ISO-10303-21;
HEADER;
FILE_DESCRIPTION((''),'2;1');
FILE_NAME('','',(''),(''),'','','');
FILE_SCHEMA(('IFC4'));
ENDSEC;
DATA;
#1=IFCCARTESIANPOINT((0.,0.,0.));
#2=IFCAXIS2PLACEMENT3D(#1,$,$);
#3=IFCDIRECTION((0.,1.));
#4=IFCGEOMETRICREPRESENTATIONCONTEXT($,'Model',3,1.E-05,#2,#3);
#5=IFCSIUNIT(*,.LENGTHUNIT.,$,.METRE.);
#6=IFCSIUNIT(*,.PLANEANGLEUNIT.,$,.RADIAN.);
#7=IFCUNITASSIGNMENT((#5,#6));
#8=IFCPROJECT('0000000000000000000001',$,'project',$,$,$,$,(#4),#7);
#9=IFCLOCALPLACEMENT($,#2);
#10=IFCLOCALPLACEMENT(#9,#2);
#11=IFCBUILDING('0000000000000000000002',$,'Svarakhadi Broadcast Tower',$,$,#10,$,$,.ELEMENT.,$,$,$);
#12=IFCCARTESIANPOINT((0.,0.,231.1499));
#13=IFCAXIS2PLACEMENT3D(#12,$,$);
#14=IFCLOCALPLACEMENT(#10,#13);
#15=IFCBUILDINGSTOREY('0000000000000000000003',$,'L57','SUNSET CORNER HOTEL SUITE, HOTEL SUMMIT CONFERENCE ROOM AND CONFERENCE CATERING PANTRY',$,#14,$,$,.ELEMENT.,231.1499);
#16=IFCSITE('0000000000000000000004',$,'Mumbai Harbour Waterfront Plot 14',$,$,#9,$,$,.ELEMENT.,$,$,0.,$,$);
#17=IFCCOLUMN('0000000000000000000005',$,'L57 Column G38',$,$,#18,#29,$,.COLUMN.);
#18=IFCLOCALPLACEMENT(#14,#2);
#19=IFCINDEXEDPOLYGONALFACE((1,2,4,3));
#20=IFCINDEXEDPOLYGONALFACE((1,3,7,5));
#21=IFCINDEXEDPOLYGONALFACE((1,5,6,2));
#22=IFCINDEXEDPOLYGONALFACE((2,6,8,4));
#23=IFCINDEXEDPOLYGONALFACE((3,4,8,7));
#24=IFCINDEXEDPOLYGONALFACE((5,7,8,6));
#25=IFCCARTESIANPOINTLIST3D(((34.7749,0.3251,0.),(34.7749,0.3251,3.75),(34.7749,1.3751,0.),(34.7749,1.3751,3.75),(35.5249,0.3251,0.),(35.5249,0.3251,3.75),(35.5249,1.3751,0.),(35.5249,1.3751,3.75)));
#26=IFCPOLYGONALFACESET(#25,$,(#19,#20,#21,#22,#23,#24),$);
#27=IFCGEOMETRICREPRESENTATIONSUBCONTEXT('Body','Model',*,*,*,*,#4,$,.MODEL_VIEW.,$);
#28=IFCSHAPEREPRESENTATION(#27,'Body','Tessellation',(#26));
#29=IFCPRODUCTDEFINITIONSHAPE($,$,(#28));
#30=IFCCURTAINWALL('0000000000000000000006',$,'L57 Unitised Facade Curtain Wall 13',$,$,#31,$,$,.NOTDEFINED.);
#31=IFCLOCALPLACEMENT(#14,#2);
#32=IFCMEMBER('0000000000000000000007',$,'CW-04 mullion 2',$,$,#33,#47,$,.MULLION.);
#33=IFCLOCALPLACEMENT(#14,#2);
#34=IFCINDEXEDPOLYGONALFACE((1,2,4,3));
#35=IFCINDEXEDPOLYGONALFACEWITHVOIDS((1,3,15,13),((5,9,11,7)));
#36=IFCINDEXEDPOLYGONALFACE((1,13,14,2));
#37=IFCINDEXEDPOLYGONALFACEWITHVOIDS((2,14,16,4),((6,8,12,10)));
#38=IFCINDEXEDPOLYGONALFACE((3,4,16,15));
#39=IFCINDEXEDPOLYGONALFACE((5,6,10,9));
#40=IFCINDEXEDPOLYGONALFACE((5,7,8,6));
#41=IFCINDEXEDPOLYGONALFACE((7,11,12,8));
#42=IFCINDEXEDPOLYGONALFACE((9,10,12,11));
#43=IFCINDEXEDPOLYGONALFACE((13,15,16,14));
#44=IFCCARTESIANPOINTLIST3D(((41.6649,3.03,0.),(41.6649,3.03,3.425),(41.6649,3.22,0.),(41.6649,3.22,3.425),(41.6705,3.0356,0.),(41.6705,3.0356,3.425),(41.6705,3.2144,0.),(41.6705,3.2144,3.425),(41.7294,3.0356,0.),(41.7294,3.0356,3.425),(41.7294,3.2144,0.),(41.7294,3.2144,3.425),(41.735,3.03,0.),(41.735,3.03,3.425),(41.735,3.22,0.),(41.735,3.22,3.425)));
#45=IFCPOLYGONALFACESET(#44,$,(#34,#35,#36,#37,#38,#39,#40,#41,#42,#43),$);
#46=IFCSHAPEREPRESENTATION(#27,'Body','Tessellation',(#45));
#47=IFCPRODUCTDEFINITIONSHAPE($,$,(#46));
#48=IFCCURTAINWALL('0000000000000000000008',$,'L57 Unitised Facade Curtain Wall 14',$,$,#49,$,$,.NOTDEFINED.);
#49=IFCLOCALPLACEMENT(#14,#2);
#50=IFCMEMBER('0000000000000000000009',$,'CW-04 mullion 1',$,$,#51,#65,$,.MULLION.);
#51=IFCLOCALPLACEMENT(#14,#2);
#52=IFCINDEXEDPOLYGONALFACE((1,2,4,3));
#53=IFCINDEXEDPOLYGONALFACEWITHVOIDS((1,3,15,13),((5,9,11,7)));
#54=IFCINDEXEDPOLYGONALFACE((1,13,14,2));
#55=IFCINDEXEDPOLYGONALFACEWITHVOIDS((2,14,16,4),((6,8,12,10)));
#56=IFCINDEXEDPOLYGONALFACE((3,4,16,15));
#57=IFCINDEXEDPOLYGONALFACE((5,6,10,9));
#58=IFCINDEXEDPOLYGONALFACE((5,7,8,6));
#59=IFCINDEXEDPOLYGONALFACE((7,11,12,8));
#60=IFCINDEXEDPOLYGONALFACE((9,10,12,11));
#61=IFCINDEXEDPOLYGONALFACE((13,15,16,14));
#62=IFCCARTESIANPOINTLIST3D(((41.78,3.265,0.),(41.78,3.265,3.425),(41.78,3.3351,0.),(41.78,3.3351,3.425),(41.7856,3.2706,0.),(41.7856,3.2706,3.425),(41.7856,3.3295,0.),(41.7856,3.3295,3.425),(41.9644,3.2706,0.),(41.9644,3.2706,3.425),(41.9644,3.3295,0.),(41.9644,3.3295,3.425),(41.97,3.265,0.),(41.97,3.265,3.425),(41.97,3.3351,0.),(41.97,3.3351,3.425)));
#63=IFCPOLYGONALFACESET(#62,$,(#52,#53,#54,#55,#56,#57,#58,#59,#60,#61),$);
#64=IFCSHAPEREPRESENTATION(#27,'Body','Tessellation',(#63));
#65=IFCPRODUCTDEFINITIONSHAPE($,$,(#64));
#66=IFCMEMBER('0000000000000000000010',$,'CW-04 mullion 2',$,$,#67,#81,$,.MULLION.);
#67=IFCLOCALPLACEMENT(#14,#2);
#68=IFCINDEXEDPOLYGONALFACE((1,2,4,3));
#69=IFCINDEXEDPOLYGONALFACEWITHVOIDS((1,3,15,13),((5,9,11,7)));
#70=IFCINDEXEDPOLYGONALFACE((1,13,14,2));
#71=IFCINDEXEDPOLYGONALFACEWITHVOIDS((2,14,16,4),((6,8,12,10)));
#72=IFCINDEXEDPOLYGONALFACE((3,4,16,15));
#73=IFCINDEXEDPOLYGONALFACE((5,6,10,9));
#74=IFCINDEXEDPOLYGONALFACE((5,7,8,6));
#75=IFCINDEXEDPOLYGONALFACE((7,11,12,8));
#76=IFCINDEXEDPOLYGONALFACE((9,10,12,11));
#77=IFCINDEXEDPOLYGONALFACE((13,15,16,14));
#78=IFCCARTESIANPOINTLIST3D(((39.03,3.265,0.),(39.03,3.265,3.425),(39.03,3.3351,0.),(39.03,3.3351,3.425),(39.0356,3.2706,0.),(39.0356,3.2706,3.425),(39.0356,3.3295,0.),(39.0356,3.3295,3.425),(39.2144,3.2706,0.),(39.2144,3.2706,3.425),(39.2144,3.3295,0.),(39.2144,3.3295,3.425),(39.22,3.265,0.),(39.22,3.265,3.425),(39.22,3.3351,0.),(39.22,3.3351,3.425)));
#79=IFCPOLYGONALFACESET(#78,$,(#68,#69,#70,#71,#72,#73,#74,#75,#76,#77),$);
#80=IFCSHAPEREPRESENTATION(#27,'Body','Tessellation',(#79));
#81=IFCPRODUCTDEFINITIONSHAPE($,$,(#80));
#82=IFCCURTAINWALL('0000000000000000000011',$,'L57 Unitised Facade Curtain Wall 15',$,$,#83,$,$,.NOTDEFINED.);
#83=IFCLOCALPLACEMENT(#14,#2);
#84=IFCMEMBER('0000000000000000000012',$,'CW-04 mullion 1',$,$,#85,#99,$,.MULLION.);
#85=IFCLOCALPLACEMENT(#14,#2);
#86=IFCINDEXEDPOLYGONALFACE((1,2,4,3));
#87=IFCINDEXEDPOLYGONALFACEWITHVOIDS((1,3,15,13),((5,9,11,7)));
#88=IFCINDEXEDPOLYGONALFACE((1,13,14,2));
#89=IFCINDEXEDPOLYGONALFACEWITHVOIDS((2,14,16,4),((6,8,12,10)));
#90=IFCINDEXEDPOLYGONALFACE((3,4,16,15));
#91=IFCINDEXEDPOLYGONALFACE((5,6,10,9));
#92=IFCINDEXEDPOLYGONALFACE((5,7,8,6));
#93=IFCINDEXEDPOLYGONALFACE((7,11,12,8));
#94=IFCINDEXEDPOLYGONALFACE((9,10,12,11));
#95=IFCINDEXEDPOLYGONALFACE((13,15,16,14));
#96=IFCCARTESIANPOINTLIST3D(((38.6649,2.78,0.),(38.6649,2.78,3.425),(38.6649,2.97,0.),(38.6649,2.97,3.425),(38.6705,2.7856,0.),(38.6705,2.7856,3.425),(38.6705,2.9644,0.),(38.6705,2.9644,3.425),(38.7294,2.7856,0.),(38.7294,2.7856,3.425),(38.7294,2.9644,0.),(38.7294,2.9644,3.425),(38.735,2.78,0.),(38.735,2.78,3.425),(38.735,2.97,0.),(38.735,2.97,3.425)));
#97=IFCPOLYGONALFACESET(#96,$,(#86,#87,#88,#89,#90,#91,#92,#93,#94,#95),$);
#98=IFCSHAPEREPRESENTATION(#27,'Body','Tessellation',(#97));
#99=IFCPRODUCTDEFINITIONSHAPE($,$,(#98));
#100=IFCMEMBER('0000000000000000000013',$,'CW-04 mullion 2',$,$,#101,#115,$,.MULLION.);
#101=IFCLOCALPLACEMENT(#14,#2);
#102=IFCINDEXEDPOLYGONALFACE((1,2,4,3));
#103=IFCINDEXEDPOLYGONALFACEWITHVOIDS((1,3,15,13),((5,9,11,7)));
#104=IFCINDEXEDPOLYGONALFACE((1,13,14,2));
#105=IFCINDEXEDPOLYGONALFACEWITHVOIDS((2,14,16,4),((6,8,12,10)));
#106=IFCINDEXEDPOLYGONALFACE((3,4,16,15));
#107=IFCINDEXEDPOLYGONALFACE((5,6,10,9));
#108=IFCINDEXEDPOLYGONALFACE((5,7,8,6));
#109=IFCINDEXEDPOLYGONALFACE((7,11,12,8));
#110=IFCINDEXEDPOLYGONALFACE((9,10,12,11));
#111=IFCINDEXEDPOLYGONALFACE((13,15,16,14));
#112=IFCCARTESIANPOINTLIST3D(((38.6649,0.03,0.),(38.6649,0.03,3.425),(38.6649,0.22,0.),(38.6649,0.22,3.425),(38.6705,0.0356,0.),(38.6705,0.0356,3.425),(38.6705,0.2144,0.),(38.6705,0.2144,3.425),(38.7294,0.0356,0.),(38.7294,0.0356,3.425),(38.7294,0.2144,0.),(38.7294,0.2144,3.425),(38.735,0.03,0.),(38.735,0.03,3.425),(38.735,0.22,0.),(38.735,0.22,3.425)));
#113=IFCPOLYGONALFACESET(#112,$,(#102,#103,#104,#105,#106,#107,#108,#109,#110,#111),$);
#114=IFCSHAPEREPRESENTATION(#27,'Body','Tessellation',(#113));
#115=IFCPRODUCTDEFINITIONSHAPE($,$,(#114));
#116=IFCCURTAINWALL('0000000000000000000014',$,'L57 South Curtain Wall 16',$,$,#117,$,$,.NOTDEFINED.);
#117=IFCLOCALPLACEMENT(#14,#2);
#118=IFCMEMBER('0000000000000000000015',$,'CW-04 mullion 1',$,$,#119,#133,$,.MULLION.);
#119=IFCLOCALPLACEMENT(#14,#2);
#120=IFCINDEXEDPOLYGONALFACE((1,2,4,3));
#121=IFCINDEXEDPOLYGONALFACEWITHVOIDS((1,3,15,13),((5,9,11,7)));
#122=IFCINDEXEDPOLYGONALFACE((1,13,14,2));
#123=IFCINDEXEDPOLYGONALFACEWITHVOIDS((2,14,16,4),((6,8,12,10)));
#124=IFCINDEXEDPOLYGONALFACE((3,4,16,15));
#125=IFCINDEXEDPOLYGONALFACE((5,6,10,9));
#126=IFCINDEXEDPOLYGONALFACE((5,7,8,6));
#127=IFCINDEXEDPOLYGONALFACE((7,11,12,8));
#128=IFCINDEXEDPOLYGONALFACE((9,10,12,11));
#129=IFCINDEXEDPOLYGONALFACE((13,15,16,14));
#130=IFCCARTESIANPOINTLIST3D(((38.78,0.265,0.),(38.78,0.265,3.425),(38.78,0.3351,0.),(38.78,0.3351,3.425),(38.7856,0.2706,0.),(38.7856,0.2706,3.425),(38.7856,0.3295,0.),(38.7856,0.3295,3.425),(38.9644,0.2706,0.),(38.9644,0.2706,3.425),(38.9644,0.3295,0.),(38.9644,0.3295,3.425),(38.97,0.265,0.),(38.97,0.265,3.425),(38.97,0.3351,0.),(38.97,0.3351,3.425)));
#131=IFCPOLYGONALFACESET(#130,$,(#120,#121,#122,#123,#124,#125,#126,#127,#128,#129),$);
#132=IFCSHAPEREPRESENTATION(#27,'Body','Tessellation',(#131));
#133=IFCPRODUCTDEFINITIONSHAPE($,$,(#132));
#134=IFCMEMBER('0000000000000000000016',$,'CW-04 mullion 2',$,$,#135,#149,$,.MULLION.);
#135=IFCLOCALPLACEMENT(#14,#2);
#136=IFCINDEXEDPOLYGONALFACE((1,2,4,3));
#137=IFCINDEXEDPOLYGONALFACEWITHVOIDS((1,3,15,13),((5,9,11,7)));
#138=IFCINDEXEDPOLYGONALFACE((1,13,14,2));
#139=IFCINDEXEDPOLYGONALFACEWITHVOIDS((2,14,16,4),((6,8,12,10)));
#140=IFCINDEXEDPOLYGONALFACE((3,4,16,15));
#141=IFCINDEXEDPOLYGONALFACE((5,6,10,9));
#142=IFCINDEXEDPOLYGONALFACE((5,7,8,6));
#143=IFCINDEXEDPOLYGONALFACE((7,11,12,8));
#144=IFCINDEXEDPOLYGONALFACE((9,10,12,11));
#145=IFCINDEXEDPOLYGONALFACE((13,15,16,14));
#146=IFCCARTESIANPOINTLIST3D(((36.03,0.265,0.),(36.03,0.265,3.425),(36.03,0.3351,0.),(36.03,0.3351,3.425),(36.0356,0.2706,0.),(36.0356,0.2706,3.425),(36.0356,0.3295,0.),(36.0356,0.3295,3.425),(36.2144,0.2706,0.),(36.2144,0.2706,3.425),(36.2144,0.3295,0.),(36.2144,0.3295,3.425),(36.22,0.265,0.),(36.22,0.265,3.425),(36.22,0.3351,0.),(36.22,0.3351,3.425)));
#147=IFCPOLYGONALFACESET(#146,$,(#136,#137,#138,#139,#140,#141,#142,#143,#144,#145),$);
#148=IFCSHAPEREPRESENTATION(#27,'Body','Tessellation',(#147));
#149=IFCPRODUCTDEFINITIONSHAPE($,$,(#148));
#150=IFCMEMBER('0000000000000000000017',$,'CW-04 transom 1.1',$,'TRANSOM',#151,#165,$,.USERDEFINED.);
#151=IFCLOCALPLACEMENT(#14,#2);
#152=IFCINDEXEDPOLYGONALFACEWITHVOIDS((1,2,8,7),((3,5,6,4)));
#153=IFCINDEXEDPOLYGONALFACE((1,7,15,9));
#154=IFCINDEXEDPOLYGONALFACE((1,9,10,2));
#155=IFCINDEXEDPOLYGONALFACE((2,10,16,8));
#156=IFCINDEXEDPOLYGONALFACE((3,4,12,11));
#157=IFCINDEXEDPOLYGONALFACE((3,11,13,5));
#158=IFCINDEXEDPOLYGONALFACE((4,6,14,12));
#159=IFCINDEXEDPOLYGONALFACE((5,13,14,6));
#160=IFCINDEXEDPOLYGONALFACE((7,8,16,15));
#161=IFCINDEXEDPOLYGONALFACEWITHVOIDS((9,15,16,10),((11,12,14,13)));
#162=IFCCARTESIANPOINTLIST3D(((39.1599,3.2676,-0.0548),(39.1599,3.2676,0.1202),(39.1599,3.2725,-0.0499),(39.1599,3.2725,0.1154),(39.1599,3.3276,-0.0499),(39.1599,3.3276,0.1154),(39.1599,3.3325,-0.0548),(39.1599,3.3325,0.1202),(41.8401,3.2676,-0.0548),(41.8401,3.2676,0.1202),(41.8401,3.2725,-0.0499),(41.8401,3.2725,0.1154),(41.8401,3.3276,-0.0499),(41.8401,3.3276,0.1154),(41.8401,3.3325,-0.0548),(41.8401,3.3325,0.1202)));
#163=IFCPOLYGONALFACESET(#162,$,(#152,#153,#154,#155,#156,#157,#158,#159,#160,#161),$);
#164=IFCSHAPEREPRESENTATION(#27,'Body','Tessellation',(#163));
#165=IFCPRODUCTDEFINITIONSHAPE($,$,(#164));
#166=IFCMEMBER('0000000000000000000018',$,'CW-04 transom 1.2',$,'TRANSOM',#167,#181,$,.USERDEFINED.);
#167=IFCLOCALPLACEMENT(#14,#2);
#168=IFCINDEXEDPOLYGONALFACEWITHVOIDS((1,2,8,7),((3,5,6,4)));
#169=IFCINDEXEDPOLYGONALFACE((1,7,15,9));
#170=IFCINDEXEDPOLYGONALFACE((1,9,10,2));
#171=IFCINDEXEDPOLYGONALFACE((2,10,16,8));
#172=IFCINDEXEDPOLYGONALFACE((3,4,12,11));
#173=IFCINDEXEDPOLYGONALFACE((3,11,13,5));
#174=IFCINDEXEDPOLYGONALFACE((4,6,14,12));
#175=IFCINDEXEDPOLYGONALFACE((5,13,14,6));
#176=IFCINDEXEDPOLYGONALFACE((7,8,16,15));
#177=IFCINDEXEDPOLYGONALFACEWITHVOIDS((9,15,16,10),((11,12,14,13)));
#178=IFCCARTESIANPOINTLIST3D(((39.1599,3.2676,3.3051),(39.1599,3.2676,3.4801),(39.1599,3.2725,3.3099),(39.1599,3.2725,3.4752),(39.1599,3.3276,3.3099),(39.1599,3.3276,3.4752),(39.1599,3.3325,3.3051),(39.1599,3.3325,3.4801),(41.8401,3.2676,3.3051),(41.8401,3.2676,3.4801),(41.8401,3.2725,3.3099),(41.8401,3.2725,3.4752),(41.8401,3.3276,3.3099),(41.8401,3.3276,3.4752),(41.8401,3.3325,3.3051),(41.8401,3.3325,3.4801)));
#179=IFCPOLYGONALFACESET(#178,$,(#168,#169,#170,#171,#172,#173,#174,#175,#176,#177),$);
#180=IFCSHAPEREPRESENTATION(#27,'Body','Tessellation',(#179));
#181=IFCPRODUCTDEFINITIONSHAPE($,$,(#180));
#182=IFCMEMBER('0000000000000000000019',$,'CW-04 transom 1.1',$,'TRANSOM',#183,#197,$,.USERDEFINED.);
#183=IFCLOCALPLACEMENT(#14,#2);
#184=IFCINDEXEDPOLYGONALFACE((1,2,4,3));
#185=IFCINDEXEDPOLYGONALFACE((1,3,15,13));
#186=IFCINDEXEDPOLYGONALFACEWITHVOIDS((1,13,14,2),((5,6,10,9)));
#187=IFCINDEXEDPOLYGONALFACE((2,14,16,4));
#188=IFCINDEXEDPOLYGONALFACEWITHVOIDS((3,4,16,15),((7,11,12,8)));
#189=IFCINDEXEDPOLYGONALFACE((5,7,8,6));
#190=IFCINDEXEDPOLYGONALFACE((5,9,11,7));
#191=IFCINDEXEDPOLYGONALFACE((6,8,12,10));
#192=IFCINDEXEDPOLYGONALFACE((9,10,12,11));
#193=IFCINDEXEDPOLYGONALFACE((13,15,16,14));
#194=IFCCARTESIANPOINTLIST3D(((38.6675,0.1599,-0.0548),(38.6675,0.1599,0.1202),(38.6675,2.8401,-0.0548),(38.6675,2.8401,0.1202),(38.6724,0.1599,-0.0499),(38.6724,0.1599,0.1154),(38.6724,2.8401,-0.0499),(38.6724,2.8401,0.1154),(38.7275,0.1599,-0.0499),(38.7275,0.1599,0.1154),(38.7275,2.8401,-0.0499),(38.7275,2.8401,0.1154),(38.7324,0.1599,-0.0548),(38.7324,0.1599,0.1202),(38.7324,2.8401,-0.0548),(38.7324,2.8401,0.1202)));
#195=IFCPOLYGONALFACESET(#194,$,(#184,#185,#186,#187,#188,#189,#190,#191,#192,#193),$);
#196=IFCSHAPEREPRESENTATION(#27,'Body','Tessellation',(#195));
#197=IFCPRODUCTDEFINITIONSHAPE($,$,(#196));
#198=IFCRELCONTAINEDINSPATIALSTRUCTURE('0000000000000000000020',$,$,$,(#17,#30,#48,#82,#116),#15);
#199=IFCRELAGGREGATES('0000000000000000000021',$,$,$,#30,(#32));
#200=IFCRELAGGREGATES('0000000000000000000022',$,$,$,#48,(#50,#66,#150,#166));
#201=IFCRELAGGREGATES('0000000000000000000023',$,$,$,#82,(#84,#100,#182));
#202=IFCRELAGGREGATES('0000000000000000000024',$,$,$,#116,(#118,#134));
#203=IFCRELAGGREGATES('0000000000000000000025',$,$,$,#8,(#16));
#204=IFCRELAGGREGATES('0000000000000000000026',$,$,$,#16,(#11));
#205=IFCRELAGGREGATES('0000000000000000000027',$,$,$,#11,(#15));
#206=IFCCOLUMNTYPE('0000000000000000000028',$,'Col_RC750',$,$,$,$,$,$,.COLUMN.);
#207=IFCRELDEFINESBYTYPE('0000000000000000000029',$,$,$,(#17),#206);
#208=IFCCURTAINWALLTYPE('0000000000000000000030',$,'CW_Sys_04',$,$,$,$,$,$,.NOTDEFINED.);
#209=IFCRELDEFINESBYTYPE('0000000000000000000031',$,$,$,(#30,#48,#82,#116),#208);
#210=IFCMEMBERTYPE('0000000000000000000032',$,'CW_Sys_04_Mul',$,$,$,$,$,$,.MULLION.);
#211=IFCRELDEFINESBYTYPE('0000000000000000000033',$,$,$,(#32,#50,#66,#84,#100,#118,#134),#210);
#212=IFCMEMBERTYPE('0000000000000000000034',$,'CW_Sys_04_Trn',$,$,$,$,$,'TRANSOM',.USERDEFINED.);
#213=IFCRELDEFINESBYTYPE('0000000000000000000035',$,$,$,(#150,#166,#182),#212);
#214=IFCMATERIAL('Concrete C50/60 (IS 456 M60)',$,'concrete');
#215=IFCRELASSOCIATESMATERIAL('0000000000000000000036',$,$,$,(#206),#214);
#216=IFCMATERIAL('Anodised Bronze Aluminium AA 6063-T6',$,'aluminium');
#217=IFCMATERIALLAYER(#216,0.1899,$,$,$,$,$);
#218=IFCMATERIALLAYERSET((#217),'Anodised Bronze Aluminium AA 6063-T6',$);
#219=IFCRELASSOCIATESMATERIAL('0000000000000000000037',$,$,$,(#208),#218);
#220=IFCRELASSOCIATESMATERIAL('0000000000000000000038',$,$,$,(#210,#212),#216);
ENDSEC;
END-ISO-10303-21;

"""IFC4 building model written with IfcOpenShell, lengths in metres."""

from ifc_helpers import new_model, si_unit, direction, frame, origin, origin_2d, place, context, subcontext, project, spatial, rectangle, hollow_rectangle, extrude, material, layer, layer_set, material_profile, profile_set, type_object, element, aggregate, save


model = new_model("IFC4")

# Units and contexts
model_context = context("Model", 3, precision=1e-05, world=origin(), true_north=direction((0.0, 1.0)))
body_context = subcontext(model_context, "Body", "Model", "MODEL_VIEW")
ifc_project = project(units=[si_unit("LENGTHUNIT", "METRE"), si_unit("PLANEANGLEUNIT", "RADIAN")], contexts=[model_context])

# Site, building, storey
site_placement = place(None, origin())
site = spatial("IfcSite", under=ifc_project, at=site_placement, Name="Mumbai Harbour Waterfront Plot 14", CompositionType="ELEMENT", RefElevation=0.0)
building_placement = place(site_placement, origin())
building = spatial("IfcBuilding", under=site, at=building_placement, Name="Svarakhadi Broadcast Tower", CompositionType="ELEMENT")
storey_placement = place(building_placement, frame((0.0, 0.0, 231.1499)))
storey = spatial("IfcBuildingStorey", under=building, at=storey_placement, Name="L57", Description="SUNSET CORNER HOTEL SUITE, HOTEL SUMMIT CONFERENCE ROOM AND CONFERENCE CATERING PANTRY", CompositionType="ELEMENT", Elevation=231.1499)

# Column
ifc_material_1 = material(Name="Concrete C50/60 (IS 456 M60)", Category="concrete")
ifc_material_profile_1 = material_profile(ifc_material_1, rectangle(XDim=0.75, YDim=1.05, at=origin_2d()), Name="RC 750x1050")
ifc_profile_set_1 = profile_set([ifc_material_profile_1], Name="Concrete C50/60 (IS 456 M60)")
column_type = type_object("IfcColumnType", Name="Col_RC750", PredefinedType="COLUMN", material=ifc_profile_set_1)
column_placement = place(storey_placement, frame((35.1499, 0.8501, 0.0), z_axis=(0.0, 0.0, 1.0), x_axis=(1.0, 0.0, 0.0)))
element("IfcColumn", 1, at=column_placement, inside=storey, type_object=column_type, Name="L57 Column G38", PredefinedType="COLUMN", context=body_context, shape_type="SweptSolid", body=[
    extrude(rectangle(XDim=0.75, YDim=1.05, at=origin_2d()), origin(), (0.0, 0.0, 1.0), 3.75),
])

# Curtain wall, member
ifc_material_2 = material(Name="Anodised Bronze Aluminium AA 6063-T6", Category="aluminium")
ifc_layer_1 = layer(ifc_material_2, 0.1899)
ifc_layer_set_1 = layer_set([ifc_layer_1], Name="Anodised Bronze Aluminium AA 6063-T6")
curtain_wall_type = type_object("IfcCurtainWallType", Name="CW_Sys_04", PredefinedType="NOTDEFINED", material=ifc_layer_set_1)
curtain_wall_1_placement = place(storey_placement, origin())
curtain_wall_1 = element("IfcCurtainWall", 2, at=curtain_wall_1_placement, inside=storey, type_object=curtain_wall_type, Name="L57 Unitised Facade Curtain Wall 13", PredefinedType="NOTDEFINED")
ifc_material_profile_2 = material_profile(ifc_material_2, hollow_rectangle(XDim=0.0701, YDim=0.1899, WallThickness=0.0056, at=origin_2d()), Name="ALU MULLION 190x70x6")
ifc_profile_set_2 = profile_set([ifc_material_profile_2], Name="Anodised Bronze Aluminium AA 6063-T6")
member_type_1 = type_object("IfcMemberType", Name="CW_Sys_04_Mul", PredefinedType="MULLION", material=ifc_profile_set_2)
member_1_placement = place(storey_placement, frame((41.7, 3.125, 0.0), z_axis=(0.0, 0.0, 1.0), x_axis=(1.0, 0.0, 0.0)))
member_1 = element("IfcMember", 3, at=member_1_placement, type_object=member_type_1, Name="CW-04 mullion 2", PredefinedType="MULLION", context=body_context, shape_type="SweptSolid", body=[
    extrude(hollow_rectangle(XDim=0.0701, YDim=0.1899, WallThickness=0.0056, at=origin_2d()), origin(), (0.0, 0.0, 1.0), 3.425),
])
aggregate(curtain_wall_1, [member_1])

# Curtain walls, members
curtain_wall_2_placement = place(storey_placement, origin())
curtain_wall_2 = element("IfcCurtainWall", 4, at=curtain_wall_2_placement, inside=storey, type_object=curtain_wall_type, Name="L57 Unitised Facade Curtain Wall 14", PredefinedType="NOTDEFINED")
member_2_placement = place(storey_placement, frame((41.875, 3.3, 0.0), z_axis=(0.0, 0.0, 1.0), x_axis=(0.0, -1.0, 0.0)))
member_2 = element("IfcMember", 5, at=member_2_placement, type_object=member_type_1, Name="CW-04 mullion 1", PredefinedType="MULLION", context=body_context, shape_type="SweptSolid", body=[
    extrude(hollow_rectangle(XDim=0.0701, YDim=0.1899, WallThickness=0.0056, at=origin_2d()), origin(), (0.0, 0.0, 1.0), 3.425),
])
member_3_placement = place(storey_placement, frame((39.125, 3.3, 0.0), z_axis=(0.0, 0.0, 1.0), x_axis=(0.0, -1.0, 0.0)))
member_3 = element("IfcMember", 6, at=member_3_placement, type_object=member_type_1, Name="CW-04 mullion 2", PredefinedType="MULLION", context=body_context, shape_type="SweptSolid", body=[
    extrude(hollow_rectangle(XDim=0.0701, YDim=0.1899, WallThickness=0.0056, at=origin_2d()), origin(), (0.0, 0.0, 1.0), 3.425),
])
curtain_wall_3_placement = place(storey_placement, origin())
curtain_wall_3 = element("IfcCurtainWall", 7, at=curtain_wall_3_placement, inside=storey, type_object=curtain_wall_type, Name="L57 Unitised Facade Curtain Wall 15", PredefinedType="NOTDEFINED")
member_4_placement = place(storey_placement, frame((38.7, 2.875, 0.0), z_axis=(0.0, 0.0, 1.0), x_axis=(1.0, 0.0, 0.0)))
member_4 = element("IfcMember", 8, at=member_4_placement, type_object=member_type_1, Name="CW-04 mullion 1", PredefinedType="MULLION", context=body_context, shape_type="SweptSolid", body=[
    extrude(hollow_rectangle(XDim=0.0701, YDim=0.1899, WallThickness=0.0056, at=origin_2d()), origin(), (0.0, 0.0, 1.0), 3.425),
])
member_5_placement = place(storey_placement, frame((38.7, 0.125, 0.0), z_axis=(0.0, 0.0, 1.0), x_axis=(1.0, 0.0, 0.0)))
member_5 = element("IfcMember", 9, at=member_5_placement, type_object=member_type_1, Name="CW-04 mullion 2", PredefinedType="MULLION", context=body_context, shape_type="SweptSolid", body=[
    extrude(hollow_rectangle(XDim=0.0701, YDim=0.1899, WallThickness=0.0056, at=origin_2d()), origin(), (0.0, 0.0, 1.0), 3.425),
])
curtain_wall_4_placement = place(storey_placement, origin())
curtain_wall_4 = element("IfcCurtainWall", 10, at=curtain_wall_4_placement, inside=storey, type_object=curtain_wall_type, Name="L57 South Curtain Wall 16", PredefinedType="NOTDEFINED")
member_6_placement = place(storey_placement, frame((38.875, 0.3, 0.0), z_axis=(0.0, 0.0, 1.0), x_axis=(0.0, -1.0, 0.0)))
member_6 = element("IfcMember", 11, at=member_6_placement, type_object=member_type_1, Name="CW-04 mullion 1", PredefinedType="MULLION", context=body_context, shape_type="SweptSolid", body=[
    extrude(hollow_rectangle(XDim=0.0701, YDim=0.1899, WallThickness=0.0056, at=origin_2d()), origin(), (0.0, 0.0, 1.0), 3.425),
])
member_7_placement = place(storey_placement, frame((36.125, 0.3, 0.0), z_axis=(0.0, 0.0, 1.0), x_axis=(0.0, -1.0, 0.0)))
member_7 = element("IfcMember", 12, at=member_7_placement, type_object=member_type_1, Name="CW-04 mullion 2", PredefinedType="MULLION", context=body_context, shape_type="SweptSolid", body=[
    extrude(hollow_rectangle(XDim=0.0701, YDim=0.1899, WallThickness=0.0056, at=origin_2d()), origin(), (0.0, 0.0, 1.0), 3.425),
])

# Members
ifc_material_profile_3 = material_profile(ifc_material_2, hollow_rectangle(XDim=0.0649, YDim=0.175, WallThickness=0.0049, at=origin_2d()), Name="ALU TRANSOM 175x65x5")
ifc_profile_set_3 = profile_set([ifc_material_profile_3], Name="Anodised Bronze Aluminium AA 6063-T6")
member_type_2 = type_object("IfcMemberType", Name="CW_Sys_04_Trn", ElementType="TRANSOM", PredefinedType="USERDEFINED", material=ifc_profile_set_3)
member_8_placement = place(storey_placement, frame((41.8401, 3.3, 0.0327), z_axis=(-1.0, 0.0, 0.0), x_axis=(0.0, -1.0, 0.0)))
member_8 = element("IfcMember", 13, at=member_8_placement, type_object=member_type_2, Name="CW-04 transom 1.1", ObjectType="TRANSOM", PredefinedType="USERDEFINED", context=body_context, shape_type="SweptSolid", body=[
    extrude(hollow_rectangle(XDim=0.0649, YDim=0.175, WallThickness=0.0049, at=origin_2d()), origin(), (0.0, 0.0, 1.0), 2.6802),
])
member_9_placement = place(storey_placement, frame((41.8401, 3.3, 3.3926), z_axis=(-1.0, 0.0, 0.0), x_axis=(0.0, -1.0, 0.0)))
member_9 = element("IfcMember", 14, at=member_9_placement, type_object=member_type_2, Name="CW-04 transom 1.2", ObjectType="TRANSOM", PredefinedType="USERDEFINED", context=body_context, shape_type="SweptSolid", body=[
    extrude(hollow_rectangle(XDim=0.0649, YDim=0.175, WallThickness=0.0049, at=origin_2d()), origin(), (0.0, 0.0, 1.0), 2.6802),
])
member_10_placement = place(storey_placement, frame((38.7, 2.8401, 0.0327), z_axis=(0.0, -1.0, 0.0), x_axis=(1.0, 0.0, 0.0)))
member_10 = element("IfcMember", 15, at=member_10_placement, type_object=member_type_2, Name="CW-04 transom 1.1", ObjectType="TRANSOM", PredefinedType="USERDEFINED", context=body_context, shape_type="SweptSolid", body=[
    extrude(hollow_rectangle(XDim=0.0649, YDim=0.175, WallThickness=0.0049, at=origin_2d()), origin(), (0.0, 0.0, 1.0), 2.6802),
])

aggregate(curtain_wall_2, [member_2, member_3, member_8, member_9])
aggregate(curtain_wall_3, [member_4, member_5, member_10])
aggregate(curtain_wall_4, [member_6, member_7])

save(model, "model.ifc")
